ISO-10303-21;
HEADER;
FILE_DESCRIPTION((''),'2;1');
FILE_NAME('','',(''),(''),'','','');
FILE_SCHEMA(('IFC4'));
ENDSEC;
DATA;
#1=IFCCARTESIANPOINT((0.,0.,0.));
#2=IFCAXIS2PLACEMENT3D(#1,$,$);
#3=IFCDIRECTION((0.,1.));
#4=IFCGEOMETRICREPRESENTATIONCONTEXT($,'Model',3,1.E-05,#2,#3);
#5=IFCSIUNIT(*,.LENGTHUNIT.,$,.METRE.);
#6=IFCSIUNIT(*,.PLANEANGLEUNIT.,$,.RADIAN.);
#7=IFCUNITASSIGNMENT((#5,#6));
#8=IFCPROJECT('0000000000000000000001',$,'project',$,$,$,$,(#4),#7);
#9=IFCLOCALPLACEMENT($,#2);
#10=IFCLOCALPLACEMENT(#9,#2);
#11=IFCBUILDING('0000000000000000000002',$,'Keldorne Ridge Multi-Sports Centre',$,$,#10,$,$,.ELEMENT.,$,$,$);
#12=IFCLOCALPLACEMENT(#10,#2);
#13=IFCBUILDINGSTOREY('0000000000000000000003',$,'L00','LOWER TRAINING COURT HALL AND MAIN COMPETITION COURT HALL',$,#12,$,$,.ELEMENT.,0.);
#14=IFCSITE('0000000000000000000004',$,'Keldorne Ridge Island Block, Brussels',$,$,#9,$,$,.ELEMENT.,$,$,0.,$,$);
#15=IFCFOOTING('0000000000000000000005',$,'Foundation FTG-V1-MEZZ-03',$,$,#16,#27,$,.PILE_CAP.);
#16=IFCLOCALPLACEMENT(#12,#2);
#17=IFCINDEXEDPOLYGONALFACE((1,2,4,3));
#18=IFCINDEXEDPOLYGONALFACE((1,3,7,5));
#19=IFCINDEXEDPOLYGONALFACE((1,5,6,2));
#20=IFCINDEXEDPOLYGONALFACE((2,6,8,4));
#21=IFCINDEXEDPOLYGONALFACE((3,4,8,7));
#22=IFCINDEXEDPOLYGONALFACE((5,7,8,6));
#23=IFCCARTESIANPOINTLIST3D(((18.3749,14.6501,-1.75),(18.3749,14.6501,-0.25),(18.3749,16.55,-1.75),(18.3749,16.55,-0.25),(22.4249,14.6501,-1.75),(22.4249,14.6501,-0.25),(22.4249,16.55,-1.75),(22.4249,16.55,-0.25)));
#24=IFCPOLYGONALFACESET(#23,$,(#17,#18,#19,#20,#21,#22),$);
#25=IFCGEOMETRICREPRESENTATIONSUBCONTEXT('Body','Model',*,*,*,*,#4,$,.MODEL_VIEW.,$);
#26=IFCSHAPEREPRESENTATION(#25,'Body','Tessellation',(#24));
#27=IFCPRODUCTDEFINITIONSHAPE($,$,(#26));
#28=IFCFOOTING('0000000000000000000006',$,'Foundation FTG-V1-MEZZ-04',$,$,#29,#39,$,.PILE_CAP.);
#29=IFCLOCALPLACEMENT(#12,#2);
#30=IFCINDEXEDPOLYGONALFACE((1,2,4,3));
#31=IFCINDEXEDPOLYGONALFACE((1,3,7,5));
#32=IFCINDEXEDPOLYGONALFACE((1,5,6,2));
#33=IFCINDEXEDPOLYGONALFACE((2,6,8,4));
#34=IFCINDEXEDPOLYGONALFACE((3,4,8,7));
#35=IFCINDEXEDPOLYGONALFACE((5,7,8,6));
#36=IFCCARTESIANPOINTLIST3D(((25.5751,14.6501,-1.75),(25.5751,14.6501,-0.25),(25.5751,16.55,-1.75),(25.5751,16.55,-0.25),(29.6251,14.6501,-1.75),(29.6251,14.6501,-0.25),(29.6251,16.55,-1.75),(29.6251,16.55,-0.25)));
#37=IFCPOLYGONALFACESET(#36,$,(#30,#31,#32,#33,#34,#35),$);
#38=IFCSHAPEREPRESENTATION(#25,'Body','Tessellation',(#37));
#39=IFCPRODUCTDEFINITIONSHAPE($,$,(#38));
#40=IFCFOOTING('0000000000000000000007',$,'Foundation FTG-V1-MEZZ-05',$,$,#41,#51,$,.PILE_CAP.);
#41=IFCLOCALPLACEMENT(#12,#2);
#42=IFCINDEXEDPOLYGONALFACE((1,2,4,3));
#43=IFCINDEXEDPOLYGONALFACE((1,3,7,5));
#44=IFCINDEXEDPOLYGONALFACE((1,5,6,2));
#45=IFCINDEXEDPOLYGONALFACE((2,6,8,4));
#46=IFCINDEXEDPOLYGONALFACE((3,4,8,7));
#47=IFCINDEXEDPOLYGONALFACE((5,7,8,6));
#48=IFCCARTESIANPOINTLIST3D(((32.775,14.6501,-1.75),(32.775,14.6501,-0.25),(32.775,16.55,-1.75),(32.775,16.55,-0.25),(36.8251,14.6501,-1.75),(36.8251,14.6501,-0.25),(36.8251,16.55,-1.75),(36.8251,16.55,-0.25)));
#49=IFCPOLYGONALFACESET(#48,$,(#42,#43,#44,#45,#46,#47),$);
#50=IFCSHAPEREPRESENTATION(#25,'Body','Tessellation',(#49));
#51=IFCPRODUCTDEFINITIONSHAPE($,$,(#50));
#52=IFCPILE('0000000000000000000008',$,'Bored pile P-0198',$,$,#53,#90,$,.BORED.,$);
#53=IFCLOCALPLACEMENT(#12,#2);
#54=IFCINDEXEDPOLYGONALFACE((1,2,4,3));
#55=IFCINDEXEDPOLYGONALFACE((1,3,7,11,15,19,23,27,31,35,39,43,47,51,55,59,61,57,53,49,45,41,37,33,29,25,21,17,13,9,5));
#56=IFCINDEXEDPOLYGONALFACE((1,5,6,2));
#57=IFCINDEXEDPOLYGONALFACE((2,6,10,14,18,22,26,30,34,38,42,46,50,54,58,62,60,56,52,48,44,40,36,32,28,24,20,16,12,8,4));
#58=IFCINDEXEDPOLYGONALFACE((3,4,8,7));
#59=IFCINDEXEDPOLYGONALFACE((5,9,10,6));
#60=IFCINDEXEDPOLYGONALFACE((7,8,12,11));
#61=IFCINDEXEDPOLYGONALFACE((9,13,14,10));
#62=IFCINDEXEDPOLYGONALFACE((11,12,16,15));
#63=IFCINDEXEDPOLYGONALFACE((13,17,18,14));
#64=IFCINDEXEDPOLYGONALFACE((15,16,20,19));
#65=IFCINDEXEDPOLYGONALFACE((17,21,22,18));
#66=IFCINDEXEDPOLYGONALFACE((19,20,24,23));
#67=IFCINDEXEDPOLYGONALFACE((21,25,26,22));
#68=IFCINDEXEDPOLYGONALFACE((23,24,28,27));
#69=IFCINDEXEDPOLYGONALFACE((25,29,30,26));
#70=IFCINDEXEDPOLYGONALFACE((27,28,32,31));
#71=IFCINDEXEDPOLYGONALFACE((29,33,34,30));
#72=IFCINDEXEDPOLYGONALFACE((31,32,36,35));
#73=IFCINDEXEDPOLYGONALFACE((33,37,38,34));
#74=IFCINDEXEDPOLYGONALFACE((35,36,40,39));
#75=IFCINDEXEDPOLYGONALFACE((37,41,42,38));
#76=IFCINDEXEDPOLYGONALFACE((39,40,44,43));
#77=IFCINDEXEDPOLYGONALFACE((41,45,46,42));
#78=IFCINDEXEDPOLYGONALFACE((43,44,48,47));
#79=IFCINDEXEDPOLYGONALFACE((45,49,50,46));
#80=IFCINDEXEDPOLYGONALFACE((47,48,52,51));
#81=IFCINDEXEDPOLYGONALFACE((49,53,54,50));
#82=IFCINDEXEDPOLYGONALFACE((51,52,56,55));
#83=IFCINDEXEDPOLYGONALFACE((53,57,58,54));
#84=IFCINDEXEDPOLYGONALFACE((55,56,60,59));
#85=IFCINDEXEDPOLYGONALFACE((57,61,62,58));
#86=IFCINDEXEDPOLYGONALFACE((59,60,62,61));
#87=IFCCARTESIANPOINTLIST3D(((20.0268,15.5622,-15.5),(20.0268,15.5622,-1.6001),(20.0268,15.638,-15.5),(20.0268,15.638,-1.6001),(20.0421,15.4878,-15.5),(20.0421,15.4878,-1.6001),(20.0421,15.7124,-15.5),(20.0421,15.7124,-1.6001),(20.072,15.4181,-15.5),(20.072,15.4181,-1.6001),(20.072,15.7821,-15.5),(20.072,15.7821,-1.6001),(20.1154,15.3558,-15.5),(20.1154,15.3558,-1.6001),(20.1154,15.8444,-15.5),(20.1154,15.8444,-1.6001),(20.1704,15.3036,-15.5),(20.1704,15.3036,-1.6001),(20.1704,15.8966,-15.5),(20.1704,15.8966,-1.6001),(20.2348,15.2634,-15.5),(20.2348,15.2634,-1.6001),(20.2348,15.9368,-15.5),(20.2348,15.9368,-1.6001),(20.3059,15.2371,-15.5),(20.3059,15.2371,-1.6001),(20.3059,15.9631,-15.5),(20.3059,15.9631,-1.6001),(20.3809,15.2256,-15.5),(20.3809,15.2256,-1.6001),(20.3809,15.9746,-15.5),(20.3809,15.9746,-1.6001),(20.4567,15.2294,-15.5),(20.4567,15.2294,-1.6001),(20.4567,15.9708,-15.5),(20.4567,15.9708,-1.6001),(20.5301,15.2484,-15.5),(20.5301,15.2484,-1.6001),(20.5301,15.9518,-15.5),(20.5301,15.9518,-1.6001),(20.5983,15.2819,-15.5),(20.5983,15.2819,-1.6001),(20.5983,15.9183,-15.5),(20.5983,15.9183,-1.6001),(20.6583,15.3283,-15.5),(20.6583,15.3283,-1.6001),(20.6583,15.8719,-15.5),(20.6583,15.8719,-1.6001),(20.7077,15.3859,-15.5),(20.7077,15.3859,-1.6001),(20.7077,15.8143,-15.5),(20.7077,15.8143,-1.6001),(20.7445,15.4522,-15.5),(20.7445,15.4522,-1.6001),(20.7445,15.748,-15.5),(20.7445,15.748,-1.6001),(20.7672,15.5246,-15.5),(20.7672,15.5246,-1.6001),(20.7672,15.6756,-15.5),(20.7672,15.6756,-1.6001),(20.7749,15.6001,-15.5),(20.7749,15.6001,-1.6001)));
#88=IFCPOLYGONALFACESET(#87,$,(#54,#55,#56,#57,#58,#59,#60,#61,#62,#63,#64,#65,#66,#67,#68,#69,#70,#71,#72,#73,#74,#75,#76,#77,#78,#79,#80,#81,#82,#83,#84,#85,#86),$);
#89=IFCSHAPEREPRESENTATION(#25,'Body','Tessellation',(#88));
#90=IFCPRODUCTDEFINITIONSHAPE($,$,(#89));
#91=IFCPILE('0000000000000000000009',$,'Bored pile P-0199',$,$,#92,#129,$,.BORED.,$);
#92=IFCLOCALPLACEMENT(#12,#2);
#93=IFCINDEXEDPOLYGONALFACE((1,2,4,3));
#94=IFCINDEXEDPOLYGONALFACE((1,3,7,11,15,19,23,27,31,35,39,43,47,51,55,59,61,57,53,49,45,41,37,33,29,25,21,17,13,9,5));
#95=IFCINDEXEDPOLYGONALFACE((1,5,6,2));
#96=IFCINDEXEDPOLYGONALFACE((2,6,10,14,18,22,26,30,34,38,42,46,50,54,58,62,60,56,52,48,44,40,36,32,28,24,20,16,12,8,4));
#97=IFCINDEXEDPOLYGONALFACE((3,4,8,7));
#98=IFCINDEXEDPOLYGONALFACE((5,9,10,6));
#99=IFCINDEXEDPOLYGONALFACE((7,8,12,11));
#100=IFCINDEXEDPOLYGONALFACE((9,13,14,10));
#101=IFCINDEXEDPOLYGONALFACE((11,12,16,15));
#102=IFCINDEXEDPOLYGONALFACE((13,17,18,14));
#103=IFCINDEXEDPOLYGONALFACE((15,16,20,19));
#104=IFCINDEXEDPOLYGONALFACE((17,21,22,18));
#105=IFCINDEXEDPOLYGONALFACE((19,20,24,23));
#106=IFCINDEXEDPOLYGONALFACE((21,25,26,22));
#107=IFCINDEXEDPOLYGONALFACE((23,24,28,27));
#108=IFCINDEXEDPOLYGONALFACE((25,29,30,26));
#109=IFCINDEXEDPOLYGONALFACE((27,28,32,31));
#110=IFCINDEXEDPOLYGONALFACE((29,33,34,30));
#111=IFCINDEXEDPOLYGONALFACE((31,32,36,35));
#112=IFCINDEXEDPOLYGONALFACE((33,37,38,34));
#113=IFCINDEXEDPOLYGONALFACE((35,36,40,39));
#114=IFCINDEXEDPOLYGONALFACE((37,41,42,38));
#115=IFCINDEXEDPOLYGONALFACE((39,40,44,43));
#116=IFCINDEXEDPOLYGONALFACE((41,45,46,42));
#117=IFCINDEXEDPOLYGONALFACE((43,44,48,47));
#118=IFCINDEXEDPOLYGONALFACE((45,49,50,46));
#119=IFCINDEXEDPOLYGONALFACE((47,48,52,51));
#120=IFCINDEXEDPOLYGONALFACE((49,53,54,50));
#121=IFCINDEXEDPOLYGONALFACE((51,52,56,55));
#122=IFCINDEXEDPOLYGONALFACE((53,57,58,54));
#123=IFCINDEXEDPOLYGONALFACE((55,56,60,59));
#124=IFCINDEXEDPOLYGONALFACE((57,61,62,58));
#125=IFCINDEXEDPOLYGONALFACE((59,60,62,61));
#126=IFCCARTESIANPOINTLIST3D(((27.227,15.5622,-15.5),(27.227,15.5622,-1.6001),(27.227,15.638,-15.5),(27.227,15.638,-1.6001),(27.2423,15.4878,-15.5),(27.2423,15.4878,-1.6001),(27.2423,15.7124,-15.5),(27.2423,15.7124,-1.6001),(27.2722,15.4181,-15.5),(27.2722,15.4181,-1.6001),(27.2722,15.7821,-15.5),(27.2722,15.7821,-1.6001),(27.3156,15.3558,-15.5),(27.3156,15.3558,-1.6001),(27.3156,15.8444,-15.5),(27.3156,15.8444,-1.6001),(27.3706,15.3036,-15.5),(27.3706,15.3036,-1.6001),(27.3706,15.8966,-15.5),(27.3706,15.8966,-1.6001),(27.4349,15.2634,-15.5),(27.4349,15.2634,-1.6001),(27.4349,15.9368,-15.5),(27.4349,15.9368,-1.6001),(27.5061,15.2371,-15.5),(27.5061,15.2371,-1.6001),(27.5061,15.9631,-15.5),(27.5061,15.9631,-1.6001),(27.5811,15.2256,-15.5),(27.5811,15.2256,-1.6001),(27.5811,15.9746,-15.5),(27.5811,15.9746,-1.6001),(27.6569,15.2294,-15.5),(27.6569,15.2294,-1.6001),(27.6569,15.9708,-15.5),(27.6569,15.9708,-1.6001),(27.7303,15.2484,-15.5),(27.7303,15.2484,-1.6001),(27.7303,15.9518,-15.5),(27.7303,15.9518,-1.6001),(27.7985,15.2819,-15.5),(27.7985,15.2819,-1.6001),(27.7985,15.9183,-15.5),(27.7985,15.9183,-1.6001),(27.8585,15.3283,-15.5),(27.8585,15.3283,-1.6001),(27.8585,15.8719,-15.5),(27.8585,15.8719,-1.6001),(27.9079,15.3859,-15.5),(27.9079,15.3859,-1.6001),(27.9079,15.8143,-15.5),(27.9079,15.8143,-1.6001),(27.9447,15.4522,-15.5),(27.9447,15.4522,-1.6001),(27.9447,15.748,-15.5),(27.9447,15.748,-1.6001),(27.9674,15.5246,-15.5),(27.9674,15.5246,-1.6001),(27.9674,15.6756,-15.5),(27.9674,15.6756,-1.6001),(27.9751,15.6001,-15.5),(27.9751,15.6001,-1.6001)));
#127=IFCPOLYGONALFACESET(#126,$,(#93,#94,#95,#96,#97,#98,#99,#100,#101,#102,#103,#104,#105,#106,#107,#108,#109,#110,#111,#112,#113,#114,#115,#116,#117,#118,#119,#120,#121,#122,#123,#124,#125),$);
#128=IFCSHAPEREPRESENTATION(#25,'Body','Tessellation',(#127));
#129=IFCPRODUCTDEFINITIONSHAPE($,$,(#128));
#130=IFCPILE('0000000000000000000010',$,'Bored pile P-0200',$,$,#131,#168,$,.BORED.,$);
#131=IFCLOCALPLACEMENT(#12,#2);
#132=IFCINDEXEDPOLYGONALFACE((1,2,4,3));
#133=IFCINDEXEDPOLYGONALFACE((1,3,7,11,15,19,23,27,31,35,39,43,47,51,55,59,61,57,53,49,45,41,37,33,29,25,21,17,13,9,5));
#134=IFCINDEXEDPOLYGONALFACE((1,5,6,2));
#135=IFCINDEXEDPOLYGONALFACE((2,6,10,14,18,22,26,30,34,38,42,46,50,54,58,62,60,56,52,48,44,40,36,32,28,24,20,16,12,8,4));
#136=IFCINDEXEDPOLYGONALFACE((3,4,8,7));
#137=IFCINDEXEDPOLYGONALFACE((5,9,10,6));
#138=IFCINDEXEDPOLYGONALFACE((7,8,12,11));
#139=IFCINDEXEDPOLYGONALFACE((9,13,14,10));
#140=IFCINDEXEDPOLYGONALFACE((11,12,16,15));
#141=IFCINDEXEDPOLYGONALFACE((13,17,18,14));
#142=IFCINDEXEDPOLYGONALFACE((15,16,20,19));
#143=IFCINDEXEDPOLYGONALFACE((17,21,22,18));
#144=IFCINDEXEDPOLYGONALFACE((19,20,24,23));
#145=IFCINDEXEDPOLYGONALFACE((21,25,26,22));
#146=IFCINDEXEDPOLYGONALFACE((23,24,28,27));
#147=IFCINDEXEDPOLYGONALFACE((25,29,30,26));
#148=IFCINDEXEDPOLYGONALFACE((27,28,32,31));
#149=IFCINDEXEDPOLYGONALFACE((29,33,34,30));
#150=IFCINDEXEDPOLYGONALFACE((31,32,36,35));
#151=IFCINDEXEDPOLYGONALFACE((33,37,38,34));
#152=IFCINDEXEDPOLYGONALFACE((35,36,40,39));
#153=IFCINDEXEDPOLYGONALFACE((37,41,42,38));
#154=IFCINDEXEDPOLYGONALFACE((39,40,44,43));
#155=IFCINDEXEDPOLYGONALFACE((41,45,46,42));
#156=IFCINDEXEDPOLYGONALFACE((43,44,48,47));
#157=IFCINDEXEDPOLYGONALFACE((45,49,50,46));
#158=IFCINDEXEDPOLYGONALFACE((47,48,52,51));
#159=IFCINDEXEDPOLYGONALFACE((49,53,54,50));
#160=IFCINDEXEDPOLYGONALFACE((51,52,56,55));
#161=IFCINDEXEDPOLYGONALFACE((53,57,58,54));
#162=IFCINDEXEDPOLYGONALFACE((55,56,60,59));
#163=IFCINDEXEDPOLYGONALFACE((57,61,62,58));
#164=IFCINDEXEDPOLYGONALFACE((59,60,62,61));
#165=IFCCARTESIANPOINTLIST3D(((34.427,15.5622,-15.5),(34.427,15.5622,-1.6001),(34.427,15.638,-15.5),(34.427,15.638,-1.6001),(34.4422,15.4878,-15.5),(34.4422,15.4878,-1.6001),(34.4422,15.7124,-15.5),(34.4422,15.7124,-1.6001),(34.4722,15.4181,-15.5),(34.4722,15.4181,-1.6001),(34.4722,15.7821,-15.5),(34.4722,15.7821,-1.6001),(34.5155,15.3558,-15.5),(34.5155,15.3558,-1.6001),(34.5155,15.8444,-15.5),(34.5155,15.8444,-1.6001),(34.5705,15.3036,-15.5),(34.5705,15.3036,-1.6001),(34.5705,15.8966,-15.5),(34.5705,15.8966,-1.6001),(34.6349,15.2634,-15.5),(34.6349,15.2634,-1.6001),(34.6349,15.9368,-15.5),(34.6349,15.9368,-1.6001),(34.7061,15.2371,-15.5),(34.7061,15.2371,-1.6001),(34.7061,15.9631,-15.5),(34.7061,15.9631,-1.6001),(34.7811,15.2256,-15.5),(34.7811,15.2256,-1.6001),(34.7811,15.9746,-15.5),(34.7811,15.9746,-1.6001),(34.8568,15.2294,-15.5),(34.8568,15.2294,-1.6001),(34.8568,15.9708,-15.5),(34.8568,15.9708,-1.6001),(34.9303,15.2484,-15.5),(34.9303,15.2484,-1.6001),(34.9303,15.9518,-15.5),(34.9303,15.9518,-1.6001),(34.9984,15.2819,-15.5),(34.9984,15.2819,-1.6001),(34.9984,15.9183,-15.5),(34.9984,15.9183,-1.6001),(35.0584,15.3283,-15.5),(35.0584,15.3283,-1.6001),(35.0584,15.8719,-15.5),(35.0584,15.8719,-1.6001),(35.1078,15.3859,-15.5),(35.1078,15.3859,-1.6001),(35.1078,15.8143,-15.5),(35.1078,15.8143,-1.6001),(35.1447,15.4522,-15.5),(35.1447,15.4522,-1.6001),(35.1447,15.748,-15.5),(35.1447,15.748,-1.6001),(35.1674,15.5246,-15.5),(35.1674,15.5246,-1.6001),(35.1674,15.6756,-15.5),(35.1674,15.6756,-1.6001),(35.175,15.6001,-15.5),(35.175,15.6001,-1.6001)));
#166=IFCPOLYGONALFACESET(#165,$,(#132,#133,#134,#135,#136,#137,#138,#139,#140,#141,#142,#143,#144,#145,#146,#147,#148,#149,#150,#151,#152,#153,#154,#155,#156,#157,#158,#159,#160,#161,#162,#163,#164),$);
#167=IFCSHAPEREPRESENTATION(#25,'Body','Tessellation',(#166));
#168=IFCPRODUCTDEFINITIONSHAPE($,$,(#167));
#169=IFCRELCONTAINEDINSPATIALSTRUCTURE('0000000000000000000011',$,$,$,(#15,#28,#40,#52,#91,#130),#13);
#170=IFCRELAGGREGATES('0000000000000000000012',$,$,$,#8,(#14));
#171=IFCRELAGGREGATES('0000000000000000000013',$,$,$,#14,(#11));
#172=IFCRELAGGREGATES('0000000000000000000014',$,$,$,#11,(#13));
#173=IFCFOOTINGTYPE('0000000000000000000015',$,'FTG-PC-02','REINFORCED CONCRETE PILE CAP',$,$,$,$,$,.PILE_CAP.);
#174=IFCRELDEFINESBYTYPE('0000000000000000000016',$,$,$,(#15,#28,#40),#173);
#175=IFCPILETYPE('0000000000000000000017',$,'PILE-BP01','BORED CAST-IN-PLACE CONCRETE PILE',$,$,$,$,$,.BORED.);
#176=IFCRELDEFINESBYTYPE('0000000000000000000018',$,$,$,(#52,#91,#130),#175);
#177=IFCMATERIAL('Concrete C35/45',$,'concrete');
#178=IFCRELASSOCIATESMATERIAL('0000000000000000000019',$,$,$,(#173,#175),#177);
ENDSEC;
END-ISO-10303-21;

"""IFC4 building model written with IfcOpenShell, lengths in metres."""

from ifc_helpers import new_model, si_unit, direction, frame, origin, origin_2d, place, context, subcontext, project, spatial, rectangle, circle, extrude, material, material_profile, profile_set, type_object, element, save


model = new_model("IFC4")

# Units and contexts
model_context = context("Model", 3, precision=1e-05, world=origin(), true_north=direction((0.0, 1.0)))
body_context = subcontext(model_context, "Body", "Model", "MODEL_VIEW")
ifc_project = project(units=[si_unit("LENGTHUNIT", "METRE"), si_unit("PLANEANGLEUNIT", "RADIAN")], contexts=[model_context])

# Site, building, storey
site_placement = place(None, origin())
site = spatial("IfcSite", under=ifc_project, at=site_placement, Name="Keldorne Ridge Island Block, Brussels", CompositionType="ELEMENT", RefElevation=0.0)
building_placement = place(site_placement, origin())
building = spatial("IfcBuilding", under=site, at=building_placement, Name="Keldorne Ridge Multi-Sports Centre", CompositionType="ELEMENT")
storey_placement = place(building_placement, origin())
storey = spatial("IfcBuildingStorey", under=building, at=storey_placement, Name="L00", Description="LOWER TRAINING COURT HALL AND MAIN COMPETITION COURT HALL", CompositionType="ELEMENT", Elevation=0.0)

# Footings
ifc_material_1 = material(Name="Concrete C35/45", Category="concrete")
footing_type = type_object("IfcFootingType", Name="FTG-PC-02", Description="REINFORCED CONCRETE PILE CAP", PredefinedType="PILE_CAP", material=ifc_material_1)
for number, where, z_axis, x_axis, name in (
    (1, (20.3999, 15.6001, -1.75), (0.0, 0.0, 1.0), (1.0, 0.0, 0.0), "Foundation FTG-V1-MEZZ-03"),
    (2, (27.6001, 15.6001, -1.75), (0.0, 0.0, 1.0), (1.0, 0.0, 0.0), "Foundation FTG-V1-MEZZ-04"),
    (3, (34.8, 15.6001, -1.75), (0.0, 0.0, 1.0), (1.0, 0.0, 0.0), "Foundation FTG-V1-MEZZ-05"),
):
    element("IfcFooting", number, at=place(storey_placement, frame(where, z_axis=z_axis, x_axis=x_axis)), inside=storey, type_object=footing_type, Name=name, PredefinedType="PILE_CAP", context=body_context, shape_type="SweptSolid", body=[
        extrude(rectangle(XDim=4.05, YDim=1.8999, at=origin_2d()), origin(), (0.0, 0.0, 1.0), 1.5),
    ])

# Piles
ifc_material_profile_1 = material_profile(ifc_material_1, circle(Radius=0.375, at=origin_2d()), Name="BORED PILE D750")
ifc_profile_set_1 = profile_set([ifc_material_profile_1], Name="Concrete C35/45")
pile_type = type_object("IfcPileType", Name="PILE-BP01", Description="BORED CAST-IN-PLACE CONCRETE PILE", PredefinedType="BORED", material=ifc_profile_set_1)
for number, where, z_axis, x_axis, name in (
    (4, (20.3999, 15.6001, -1.6001), (0.0, 0.0, -1.0), (1.0, 0.0, 0.0), "Bored pile P-0198"),
    (5, (27.6001, 15.6001, -1.6001), (0.0, 0.0, -1.0), (1.0, 0.0, 0.0), "Bored pile P-0199"),
    (6, (34.8, 15.6001, -1.6001), (0.0, 0.0, -1.0), (1.0, 0.0, 0.0), "Bored pile P-0200"),
):
    element("IfcPile", number, at=place(storey_placement, frame(where, z_axis=z_axis, x_axis=x_axis)), inside=storey, type_object=pile_type, Name=name, PredefinedType="BORED", context=body_context, shape_type="SweptSolid", body=[
        extrude(circle(Radius=0.375, at=origin_2d()), origin(), (0.0, 0.0, 1.0), 13.8999),
    ])

save(model, "model.ifc")
